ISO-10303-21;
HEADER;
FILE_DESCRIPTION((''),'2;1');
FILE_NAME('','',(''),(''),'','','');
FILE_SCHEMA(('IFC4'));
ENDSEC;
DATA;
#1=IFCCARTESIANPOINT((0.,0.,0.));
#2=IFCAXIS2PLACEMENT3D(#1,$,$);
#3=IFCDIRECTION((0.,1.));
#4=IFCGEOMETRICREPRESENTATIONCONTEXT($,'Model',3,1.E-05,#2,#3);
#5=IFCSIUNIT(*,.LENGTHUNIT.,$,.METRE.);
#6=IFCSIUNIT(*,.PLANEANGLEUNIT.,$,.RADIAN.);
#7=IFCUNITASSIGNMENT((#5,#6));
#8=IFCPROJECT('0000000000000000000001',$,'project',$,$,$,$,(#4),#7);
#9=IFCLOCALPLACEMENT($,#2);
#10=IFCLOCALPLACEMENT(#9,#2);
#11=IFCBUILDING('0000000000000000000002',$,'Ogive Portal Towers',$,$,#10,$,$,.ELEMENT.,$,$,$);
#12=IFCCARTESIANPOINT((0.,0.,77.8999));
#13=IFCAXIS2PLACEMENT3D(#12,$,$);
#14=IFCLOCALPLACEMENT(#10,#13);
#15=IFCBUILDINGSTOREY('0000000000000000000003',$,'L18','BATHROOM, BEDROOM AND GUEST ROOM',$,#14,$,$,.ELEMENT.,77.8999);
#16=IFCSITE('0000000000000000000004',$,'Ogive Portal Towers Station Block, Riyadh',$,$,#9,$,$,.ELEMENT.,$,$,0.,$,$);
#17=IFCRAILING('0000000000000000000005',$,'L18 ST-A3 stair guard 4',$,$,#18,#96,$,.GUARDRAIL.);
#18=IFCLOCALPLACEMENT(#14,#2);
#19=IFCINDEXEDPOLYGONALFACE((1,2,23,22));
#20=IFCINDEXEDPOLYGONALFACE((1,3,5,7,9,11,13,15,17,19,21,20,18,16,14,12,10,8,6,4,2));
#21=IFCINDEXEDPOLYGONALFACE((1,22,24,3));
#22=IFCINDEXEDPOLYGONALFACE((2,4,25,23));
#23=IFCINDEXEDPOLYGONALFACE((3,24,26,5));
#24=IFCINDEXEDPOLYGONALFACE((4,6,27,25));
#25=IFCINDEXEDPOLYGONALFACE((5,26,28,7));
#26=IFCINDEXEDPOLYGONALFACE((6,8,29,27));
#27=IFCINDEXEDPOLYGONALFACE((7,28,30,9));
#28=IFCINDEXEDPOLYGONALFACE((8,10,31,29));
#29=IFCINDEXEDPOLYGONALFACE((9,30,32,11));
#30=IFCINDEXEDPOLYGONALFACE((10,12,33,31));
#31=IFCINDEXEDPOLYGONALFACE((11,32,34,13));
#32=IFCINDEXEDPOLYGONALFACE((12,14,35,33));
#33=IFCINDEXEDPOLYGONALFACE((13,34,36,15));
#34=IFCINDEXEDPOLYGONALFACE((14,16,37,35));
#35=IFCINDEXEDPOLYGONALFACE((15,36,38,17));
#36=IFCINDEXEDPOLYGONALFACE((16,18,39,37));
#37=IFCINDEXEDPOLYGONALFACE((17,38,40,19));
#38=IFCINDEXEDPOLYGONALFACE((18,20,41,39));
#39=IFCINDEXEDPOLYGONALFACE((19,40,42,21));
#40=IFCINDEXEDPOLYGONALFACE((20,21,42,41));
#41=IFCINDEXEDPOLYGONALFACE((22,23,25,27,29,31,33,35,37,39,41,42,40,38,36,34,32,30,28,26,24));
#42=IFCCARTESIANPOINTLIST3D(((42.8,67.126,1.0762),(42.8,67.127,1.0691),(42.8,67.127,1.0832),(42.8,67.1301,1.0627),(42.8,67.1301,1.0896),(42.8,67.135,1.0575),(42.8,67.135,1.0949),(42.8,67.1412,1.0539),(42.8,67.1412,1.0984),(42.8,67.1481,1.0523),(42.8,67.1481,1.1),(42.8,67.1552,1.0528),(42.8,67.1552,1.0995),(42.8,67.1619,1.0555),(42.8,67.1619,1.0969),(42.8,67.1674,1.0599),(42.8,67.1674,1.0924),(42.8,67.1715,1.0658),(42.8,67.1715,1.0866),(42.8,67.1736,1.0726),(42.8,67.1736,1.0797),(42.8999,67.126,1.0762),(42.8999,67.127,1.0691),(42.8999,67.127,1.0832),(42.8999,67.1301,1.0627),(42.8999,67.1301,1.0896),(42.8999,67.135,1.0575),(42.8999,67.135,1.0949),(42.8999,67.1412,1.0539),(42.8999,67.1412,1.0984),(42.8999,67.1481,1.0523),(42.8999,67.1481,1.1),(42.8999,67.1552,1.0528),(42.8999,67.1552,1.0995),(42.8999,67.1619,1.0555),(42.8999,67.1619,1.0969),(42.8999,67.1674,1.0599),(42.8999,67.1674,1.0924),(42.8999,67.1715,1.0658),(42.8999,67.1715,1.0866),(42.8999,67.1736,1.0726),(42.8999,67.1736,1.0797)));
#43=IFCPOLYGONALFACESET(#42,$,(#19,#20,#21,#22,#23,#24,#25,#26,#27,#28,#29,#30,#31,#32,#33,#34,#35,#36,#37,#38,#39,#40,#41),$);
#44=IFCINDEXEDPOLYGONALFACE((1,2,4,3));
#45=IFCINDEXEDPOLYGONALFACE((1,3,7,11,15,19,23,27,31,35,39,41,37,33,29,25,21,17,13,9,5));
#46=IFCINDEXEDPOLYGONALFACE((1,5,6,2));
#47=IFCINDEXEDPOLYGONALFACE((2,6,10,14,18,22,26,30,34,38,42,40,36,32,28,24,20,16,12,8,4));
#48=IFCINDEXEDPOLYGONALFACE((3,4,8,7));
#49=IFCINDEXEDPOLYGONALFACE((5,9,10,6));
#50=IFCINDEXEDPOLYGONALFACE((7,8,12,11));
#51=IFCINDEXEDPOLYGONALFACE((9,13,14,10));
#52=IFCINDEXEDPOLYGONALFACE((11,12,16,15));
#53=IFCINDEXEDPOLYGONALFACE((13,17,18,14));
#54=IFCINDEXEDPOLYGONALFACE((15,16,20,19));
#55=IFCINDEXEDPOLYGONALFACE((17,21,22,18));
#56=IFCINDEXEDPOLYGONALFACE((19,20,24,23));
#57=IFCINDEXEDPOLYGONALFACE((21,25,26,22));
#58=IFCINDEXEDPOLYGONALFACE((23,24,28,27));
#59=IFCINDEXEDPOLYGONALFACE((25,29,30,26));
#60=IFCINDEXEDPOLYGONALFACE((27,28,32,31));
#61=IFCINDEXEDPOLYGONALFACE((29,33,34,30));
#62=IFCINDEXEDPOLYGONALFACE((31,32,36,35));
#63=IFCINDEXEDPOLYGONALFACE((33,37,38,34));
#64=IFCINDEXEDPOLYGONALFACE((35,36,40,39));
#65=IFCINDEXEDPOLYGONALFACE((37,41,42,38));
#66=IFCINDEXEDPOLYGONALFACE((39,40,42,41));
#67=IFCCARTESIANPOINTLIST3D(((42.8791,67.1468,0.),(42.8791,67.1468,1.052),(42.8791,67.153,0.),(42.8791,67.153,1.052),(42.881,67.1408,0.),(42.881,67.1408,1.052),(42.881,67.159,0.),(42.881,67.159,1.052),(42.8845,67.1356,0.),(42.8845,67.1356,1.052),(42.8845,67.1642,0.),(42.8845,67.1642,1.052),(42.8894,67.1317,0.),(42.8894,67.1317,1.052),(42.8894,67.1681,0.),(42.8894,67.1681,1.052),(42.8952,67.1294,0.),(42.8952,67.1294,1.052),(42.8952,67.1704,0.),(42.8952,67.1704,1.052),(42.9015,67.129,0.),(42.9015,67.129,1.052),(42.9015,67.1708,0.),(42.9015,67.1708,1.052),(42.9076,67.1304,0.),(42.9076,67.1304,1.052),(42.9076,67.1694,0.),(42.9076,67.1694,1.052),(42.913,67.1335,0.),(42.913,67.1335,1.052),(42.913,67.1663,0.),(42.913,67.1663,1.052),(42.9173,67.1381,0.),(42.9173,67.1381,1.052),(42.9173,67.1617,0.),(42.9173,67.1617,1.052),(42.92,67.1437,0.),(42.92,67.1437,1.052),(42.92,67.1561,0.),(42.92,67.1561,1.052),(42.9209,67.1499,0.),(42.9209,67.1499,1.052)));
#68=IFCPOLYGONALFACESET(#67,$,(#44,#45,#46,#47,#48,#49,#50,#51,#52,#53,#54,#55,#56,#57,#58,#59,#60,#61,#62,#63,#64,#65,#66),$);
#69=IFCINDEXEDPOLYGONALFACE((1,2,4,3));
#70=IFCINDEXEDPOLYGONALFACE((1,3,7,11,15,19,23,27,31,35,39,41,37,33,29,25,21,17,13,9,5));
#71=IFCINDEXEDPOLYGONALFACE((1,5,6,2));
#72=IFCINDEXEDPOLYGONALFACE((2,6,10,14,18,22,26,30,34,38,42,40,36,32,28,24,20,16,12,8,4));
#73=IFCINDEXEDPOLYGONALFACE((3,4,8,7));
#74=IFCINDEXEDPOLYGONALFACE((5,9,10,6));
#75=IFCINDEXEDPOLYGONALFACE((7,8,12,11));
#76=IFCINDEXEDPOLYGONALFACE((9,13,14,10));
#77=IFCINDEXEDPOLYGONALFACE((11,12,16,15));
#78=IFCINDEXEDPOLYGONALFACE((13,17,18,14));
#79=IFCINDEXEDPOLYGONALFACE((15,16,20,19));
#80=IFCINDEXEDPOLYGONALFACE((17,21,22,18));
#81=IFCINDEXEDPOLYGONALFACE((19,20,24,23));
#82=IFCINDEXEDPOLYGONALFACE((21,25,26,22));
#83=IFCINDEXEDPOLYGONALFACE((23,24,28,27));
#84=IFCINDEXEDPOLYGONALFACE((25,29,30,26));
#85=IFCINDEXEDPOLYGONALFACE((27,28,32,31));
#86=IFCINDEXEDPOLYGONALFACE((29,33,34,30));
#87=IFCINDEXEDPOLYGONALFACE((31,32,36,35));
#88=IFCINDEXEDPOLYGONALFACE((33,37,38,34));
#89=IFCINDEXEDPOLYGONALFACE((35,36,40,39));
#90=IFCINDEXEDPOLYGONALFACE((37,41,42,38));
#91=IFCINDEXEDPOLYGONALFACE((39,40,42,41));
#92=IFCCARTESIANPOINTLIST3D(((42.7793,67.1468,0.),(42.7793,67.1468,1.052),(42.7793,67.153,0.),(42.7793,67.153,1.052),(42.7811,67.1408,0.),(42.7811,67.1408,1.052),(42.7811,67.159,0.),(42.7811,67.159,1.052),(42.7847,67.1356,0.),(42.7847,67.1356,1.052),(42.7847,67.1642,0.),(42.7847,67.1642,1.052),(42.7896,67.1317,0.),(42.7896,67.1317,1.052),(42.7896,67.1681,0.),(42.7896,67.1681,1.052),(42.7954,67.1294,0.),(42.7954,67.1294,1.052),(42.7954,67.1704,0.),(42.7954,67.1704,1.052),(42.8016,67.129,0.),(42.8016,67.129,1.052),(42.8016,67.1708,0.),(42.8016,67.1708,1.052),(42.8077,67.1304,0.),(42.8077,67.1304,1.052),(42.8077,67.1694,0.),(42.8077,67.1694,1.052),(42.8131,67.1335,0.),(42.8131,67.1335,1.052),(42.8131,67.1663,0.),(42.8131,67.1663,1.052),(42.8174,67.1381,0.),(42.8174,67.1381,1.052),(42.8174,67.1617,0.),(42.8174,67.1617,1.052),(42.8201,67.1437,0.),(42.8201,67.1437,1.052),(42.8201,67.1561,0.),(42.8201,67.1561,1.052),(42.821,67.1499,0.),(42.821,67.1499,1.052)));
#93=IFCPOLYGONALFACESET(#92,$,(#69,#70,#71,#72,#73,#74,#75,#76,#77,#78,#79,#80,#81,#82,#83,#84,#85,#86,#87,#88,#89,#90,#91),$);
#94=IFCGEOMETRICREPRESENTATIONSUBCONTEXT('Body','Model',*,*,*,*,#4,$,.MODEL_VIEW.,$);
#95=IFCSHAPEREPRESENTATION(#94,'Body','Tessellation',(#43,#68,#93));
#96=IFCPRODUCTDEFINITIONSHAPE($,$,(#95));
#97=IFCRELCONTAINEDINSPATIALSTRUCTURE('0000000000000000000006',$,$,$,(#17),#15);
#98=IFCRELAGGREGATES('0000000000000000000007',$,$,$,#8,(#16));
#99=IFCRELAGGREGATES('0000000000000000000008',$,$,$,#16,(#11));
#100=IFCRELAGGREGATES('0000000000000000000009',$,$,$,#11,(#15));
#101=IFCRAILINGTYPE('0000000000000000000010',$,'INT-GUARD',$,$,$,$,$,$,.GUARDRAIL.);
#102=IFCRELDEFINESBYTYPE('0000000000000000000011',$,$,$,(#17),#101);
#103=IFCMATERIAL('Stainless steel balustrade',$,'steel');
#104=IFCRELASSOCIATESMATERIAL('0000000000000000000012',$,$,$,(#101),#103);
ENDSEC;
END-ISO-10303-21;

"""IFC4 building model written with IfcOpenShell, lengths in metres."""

from ifc_helpers import new_model, si_unit, direction, frame, origin, origin_2d, place, context, subcontext, project, spatial, circle, extrude, material, type_object, element, save


model = new_model("IFC4")

# Units and contexts
model_context = context("Model", 3, precision=1e-05, world=origin(), true_north=direction((0.0, 1.0)))
body_context = subcontext(model_context, "Body", "Model", "MODEL_VIEW")
ifc_project = project(units=[si_unit("LENGTHUNIT", "METRE"), si_unit("PLANEANGLEUNIT", "RADIAN")], contexts=[model_context])

# Site, building, storey
site_placement = place(None, origin())
site = spatial("IfcSite", under=ifc_project, at=site_placement, Name="Ogive Portal Towers Station Block, Riyadh", CompositionType="ELEMENT", RefElevation=0.0)
building_placement = place(site_placement, origin())
building = spatial("IfcBuilding", under=site, at=building_placement, Name="Ogive Portal Towers", CompositionType="ELEMENT")
storey_placement = place(building_placement, frame((0.0, 0.0, 77.8999)))
storey = spatial("IfcBuildingStorey", under=building, at=storey_placement, Name="L18", Description="BATHROOM, BEDROOM AND GUEST ROOM", CompositionType="ELEMENT", Elevation=77.8999)

# Railing
ifc_material_1 = material(Name="Stainless steel balustrade", Category="steel")
railing_type_1 = type_object("IfcRailingType", Name="INT-GUARD", PredefinedType="GUARDRAIL", material=ifc_material_1)
railing_1_placement = place(storey_placement, frame((42.8999, 67.1499, 0.0)))
element("IfcRailing", 1, at=railing_1_placement, inside=storey, type_object=railing_type_1, Name="L18 ST-A3 stair guard 4", PredefinedType="GUARDRAIL", context=body_context, shape_type="SweptSolid", body=[
    extrude(circle(Radius=0.0239, at=origin_2d()), frame((0.0, 0.0, 1.0762), z_axis=(-1.0, 0.0, 0.0), x_axis=(0.0, -1.0, 0.0)), (0.0, 0.0, 1.0), 0.0999),
    extrude(circle(Radius=0.021, at=origin_2d()), origin(), (0.0, 0.0, 1.0), 1.052),
    extrude(circle(Radius=0.021, at=origin_2d()), frame((-0.0999, 0.0, 0.0)), (0.0, 0.0, 1.0), 1.052),
])

save(model, "model.ifc")
